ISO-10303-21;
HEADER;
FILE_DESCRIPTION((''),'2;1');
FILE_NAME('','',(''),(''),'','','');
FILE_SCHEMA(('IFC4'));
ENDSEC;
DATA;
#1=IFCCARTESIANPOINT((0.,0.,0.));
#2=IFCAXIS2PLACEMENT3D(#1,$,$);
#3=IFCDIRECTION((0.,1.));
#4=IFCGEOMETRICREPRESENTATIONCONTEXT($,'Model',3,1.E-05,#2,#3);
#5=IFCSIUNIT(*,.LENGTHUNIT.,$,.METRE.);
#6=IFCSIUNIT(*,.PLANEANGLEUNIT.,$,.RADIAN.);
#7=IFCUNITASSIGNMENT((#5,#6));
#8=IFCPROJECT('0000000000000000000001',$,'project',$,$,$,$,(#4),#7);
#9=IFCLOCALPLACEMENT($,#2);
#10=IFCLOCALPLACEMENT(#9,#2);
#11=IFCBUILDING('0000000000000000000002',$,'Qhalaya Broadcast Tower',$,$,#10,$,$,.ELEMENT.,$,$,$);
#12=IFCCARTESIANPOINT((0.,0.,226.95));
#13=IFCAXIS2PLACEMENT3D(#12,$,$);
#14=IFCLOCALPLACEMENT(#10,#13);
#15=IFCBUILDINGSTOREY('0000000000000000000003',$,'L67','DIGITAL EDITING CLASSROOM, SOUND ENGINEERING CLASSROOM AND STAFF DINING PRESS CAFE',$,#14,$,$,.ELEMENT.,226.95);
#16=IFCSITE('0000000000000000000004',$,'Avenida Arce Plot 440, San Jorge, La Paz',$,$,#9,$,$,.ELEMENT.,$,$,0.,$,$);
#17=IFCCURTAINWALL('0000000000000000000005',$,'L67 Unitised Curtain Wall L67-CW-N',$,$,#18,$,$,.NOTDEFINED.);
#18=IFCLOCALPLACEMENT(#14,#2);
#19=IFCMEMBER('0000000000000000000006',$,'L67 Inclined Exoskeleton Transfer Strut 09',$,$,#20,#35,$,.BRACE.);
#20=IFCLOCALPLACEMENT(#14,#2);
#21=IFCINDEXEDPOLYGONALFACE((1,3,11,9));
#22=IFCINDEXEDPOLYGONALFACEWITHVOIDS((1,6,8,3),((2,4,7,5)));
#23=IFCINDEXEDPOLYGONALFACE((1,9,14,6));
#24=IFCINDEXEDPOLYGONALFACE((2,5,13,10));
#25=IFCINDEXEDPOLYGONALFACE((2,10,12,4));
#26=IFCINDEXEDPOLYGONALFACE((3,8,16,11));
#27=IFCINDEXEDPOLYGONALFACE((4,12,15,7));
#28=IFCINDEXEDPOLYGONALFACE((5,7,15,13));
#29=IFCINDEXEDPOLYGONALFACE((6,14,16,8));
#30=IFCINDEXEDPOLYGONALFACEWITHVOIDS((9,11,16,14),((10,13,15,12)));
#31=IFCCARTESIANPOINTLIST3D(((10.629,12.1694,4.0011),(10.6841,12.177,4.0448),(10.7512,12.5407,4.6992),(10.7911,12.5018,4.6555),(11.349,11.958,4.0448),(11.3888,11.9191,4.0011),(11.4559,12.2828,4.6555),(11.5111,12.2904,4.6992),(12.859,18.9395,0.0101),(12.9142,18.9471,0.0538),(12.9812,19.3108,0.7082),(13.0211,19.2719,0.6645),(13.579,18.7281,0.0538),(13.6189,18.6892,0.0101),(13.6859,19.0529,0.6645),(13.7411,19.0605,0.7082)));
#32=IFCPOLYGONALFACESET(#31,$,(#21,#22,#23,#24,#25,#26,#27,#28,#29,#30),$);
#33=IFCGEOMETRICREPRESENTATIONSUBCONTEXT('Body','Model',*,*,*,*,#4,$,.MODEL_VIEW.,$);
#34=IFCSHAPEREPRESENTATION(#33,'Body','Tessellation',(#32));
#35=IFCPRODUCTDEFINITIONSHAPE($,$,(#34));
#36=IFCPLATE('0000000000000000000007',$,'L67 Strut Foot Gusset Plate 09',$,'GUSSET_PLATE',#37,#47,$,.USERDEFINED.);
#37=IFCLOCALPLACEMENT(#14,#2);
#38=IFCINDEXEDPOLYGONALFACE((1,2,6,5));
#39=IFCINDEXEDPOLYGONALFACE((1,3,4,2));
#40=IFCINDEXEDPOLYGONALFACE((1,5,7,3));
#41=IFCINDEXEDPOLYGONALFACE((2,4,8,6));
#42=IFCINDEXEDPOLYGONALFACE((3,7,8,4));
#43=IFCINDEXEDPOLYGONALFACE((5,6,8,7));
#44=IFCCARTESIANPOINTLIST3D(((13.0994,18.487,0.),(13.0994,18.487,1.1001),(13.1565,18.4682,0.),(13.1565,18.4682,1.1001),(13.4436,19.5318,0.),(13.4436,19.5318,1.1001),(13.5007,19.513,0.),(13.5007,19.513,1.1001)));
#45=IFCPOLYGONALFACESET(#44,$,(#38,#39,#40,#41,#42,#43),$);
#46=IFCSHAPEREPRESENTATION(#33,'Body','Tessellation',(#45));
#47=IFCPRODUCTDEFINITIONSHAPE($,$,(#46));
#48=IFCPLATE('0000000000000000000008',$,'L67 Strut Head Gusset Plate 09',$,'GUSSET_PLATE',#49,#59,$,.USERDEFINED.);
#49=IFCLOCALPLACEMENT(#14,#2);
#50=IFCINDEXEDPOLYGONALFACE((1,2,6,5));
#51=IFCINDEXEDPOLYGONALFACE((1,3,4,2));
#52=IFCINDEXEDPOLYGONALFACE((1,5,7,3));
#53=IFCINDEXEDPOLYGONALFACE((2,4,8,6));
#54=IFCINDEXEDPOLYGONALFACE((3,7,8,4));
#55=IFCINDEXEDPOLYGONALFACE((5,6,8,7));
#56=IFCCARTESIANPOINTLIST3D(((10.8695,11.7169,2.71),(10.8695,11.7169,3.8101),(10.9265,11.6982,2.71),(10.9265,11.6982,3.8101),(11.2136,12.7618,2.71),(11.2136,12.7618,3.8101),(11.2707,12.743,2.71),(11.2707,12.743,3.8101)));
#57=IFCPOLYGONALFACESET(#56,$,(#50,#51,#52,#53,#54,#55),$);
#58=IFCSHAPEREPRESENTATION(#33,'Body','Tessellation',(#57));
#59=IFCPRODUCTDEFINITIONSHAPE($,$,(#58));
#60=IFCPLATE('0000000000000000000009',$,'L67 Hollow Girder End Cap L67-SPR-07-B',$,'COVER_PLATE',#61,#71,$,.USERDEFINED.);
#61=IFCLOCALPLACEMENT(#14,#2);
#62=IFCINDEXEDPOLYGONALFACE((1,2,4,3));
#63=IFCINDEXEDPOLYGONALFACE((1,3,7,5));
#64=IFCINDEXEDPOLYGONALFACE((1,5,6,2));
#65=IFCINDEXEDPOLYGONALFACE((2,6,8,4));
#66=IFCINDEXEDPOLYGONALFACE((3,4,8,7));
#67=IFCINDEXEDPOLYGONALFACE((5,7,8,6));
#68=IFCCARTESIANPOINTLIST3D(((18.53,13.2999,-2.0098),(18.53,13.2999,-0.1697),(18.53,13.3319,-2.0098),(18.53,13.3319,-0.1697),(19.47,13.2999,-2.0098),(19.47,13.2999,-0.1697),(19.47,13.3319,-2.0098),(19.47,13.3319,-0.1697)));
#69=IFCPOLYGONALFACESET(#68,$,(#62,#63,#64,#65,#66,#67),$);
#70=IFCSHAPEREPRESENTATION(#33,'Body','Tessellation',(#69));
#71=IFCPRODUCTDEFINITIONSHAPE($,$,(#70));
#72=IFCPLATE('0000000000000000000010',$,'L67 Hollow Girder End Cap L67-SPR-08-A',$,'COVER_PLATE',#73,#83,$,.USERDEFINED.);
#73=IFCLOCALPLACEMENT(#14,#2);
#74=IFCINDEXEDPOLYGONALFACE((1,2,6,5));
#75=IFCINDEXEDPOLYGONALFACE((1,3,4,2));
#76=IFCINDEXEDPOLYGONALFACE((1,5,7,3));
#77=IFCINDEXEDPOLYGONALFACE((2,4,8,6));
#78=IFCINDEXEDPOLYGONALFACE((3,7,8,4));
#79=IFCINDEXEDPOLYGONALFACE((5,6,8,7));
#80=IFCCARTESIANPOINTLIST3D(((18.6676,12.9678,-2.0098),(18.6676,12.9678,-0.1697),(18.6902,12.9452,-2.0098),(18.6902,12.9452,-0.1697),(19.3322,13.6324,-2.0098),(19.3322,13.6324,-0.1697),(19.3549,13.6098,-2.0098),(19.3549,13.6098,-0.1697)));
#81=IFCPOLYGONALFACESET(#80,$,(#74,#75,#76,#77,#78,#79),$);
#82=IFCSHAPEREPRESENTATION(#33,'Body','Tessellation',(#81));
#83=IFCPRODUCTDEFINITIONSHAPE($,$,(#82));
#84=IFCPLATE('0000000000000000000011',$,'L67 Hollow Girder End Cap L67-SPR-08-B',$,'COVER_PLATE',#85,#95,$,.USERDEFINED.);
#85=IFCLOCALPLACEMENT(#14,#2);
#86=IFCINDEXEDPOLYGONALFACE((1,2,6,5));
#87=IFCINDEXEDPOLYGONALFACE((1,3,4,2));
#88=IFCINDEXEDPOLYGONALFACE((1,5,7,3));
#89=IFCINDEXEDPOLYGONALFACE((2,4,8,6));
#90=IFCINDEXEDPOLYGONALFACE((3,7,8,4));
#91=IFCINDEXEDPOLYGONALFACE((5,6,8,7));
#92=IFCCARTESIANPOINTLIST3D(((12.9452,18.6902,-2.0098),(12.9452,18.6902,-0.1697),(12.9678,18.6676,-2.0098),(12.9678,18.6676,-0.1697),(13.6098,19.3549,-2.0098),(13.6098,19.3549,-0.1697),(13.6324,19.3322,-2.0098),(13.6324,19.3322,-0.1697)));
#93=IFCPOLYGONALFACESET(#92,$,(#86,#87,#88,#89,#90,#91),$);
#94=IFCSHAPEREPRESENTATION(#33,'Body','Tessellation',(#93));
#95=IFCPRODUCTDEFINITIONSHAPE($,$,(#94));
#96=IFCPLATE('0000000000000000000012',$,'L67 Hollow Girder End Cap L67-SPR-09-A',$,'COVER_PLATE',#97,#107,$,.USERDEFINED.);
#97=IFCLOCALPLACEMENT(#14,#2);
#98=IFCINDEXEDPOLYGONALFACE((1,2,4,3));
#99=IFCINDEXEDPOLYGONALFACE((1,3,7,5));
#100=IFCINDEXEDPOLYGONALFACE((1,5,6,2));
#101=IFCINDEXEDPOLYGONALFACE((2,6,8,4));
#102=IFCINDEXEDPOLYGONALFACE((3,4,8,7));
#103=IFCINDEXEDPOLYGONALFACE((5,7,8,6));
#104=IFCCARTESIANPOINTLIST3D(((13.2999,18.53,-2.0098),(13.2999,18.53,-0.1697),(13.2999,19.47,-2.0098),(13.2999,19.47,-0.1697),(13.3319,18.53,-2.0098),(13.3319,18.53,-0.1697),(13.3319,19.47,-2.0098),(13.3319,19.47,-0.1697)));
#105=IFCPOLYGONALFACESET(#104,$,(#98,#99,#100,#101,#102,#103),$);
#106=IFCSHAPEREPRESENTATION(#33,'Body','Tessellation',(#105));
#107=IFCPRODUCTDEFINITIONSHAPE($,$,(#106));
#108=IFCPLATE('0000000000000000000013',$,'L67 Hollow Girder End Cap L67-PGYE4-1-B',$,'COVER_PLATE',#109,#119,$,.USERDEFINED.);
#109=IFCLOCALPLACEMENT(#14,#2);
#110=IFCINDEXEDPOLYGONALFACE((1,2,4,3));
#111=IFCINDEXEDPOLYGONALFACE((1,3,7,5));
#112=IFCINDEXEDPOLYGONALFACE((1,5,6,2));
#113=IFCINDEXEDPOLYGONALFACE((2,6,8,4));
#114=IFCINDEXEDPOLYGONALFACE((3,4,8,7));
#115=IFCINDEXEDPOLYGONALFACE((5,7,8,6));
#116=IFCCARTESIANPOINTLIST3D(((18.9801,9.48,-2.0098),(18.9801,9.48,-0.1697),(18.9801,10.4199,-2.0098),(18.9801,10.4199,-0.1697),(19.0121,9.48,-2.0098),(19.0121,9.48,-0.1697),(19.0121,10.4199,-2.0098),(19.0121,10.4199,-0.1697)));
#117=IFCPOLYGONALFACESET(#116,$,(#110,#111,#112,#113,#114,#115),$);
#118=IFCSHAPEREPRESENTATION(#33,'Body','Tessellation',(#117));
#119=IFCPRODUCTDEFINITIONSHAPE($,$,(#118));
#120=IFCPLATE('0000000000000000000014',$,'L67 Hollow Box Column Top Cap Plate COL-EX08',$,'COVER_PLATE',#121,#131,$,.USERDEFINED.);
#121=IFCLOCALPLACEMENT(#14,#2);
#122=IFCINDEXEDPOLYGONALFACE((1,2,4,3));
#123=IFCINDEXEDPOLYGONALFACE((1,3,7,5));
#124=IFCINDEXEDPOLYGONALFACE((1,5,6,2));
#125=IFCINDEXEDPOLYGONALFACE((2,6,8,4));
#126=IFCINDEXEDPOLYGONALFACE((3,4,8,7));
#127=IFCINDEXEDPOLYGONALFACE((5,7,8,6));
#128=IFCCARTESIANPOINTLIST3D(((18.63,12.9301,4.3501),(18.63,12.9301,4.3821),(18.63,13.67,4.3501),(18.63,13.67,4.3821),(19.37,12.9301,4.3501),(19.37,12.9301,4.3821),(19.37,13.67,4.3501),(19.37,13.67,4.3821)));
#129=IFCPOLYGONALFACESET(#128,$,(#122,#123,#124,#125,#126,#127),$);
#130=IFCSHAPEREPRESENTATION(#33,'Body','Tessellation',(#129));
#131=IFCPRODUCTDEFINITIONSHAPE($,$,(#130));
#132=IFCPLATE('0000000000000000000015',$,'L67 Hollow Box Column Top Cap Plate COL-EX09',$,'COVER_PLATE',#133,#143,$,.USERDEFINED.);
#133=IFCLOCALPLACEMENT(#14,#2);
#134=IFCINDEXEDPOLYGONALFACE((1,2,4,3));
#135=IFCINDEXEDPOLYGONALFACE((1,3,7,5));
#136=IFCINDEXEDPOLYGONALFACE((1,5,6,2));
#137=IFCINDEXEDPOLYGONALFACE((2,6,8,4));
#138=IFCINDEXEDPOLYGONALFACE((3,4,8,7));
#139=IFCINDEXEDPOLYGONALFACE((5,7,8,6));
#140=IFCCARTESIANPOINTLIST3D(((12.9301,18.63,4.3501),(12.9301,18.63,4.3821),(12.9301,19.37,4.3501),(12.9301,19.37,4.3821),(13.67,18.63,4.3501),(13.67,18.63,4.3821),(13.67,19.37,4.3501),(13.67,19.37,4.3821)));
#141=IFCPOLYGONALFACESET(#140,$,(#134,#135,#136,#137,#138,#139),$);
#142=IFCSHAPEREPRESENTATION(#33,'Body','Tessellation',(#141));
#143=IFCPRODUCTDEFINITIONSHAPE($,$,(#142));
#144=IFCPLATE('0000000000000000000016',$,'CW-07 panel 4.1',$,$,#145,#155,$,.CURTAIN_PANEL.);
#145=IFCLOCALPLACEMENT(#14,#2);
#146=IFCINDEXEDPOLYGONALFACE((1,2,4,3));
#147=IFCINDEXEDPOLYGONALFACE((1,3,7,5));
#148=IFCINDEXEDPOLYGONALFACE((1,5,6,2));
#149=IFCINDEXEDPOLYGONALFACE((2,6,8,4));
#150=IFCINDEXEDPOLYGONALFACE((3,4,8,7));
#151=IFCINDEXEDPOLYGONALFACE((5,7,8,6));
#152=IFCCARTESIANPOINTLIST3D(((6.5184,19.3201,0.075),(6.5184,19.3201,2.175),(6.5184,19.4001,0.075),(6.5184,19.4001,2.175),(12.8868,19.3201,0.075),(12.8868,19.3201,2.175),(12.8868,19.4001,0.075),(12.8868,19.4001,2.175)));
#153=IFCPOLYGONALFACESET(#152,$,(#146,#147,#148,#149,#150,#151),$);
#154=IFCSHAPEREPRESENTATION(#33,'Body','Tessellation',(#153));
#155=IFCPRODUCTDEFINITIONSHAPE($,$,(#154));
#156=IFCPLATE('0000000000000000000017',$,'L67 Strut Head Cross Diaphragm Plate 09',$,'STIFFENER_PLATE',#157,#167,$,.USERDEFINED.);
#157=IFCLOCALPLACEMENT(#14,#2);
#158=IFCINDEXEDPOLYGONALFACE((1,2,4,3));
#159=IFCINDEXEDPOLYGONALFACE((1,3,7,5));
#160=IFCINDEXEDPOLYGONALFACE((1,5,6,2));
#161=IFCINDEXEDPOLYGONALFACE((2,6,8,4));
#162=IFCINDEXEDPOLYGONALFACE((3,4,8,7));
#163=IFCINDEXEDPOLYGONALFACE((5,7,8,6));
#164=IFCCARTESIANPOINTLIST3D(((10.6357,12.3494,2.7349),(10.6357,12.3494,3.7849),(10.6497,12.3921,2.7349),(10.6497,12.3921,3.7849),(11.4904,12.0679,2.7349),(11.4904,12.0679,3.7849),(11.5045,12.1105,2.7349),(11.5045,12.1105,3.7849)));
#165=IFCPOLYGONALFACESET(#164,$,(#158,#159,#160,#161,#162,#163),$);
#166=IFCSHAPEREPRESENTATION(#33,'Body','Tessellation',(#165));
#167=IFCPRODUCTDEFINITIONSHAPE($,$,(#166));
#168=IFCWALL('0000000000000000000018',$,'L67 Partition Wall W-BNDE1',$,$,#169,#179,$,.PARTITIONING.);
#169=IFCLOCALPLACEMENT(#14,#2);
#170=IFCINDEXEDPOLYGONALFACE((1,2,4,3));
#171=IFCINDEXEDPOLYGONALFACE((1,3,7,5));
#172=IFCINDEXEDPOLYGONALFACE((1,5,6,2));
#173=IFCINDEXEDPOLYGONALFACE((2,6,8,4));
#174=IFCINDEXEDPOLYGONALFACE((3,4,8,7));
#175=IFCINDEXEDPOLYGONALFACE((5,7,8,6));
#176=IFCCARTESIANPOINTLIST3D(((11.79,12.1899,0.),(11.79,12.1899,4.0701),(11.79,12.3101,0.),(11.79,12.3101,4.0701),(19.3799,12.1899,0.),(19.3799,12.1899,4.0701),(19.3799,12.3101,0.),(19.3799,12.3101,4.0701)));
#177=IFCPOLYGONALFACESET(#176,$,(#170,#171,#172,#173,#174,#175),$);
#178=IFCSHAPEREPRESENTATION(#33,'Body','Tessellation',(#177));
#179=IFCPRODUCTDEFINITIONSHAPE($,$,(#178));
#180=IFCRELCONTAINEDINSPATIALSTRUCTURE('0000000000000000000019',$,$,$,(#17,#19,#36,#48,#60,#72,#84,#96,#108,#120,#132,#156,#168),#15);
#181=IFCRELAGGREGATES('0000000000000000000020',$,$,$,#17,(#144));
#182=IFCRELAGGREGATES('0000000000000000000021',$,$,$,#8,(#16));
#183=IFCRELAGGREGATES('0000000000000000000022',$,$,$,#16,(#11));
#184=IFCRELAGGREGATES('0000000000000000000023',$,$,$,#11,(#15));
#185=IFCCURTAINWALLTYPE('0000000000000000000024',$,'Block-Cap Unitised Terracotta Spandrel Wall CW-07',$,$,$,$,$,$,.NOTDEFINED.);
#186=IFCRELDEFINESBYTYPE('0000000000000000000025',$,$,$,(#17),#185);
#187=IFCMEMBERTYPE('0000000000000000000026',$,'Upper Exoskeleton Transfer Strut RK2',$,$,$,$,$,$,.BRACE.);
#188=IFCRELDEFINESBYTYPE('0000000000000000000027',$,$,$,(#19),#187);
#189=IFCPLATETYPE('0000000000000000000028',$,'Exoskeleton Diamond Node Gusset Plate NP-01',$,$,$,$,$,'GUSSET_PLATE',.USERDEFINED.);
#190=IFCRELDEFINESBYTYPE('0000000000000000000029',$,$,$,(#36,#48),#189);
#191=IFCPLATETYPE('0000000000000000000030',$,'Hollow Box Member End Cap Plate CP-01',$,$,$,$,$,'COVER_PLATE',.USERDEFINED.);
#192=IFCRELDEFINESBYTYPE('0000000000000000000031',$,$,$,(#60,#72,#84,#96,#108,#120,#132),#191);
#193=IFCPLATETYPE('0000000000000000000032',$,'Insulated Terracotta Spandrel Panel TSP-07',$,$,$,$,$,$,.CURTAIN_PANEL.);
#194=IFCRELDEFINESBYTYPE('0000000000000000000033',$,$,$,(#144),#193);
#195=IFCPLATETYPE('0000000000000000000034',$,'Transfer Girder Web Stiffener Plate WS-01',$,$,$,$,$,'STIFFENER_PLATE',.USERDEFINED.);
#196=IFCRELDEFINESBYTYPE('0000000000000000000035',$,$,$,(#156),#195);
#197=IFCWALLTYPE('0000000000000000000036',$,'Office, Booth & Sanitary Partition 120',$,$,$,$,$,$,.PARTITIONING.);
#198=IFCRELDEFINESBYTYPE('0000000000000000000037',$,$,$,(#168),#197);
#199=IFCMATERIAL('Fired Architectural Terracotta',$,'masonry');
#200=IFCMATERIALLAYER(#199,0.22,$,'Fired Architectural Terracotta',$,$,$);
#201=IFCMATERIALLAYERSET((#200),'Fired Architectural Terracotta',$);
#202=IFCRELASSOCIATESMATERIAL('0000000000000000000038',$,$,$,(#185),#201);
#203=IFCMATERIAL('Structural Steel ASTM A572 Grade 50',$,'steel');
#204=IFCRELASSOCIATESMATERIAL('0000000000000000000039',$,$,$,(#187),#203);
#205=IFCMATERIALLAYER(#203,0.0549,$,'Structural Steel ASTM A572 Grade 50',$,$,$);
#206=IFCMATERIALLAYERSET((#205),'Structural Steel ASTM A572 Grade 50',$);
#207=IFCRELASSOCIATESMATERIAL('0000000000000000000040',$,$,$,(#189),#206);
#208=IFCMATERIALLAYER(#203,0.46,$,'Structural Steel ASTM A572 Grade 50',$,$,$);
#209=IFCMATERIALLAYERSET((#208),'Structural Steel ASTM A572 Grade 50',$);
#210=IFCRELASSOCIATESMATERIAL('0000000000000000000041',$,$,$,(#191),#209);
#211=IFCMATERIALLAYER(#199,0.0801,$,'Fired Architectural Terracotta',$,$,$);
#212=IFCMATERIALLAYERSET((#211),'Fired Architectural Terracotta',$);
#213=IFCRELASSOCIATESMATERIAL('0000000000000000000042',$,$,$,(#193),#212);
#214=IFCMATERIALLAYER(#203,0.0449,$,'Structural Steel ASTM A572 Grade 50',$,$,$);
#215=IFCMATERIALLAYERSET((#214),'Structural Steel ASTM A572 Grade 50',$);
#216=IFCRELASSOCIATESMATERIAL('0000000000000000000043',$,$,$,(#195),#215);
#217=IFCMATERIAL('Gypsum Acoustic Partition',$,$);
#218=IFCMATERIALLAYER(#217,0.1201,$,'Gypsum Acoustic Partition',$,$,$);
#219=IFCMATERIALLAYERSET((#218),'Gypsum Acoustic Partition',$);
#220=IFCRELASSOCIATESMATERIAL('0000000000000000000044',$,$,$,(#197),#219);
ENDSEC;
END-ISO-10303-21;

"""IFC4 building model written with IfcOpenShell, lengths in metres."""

from ifc_helpers import new_model, si_unit, direction, frame, frame_2d, origin, origin_2d, place, context, subcontext, project, spatial, rectangle, hollow_rectangle, extrude, material, layer, layer_set, material_profile, profile_set, type_object, element, aggregate, save


model = new_model("IFC4")

# Units and contexts
model_context = context("Model", 3, precision=1e-05, world=origin(), true_north=direction((0.0, 1.0)))
body_context = subcontext(model_context, "Body", "Model", "MODEL_VIEW")
ifc_project = project(units=[si_unit("LENGTHUNIT", "METRE"), si_unit("PLANEANGLEUNIT", "RADIAN")], contexts=[model_context])

# Site, building, storey
site_placement = place(None, origin())
site = spatial("IfcSite", under=ifc_project, at=site_placement, Name="Avenida Arce Plot 440, San Jorge, La Paz", CompositionType="ELEMENT", RefElevation=0.0)
building_placement = place(site_placement, origin())
building = spatial("IfcBuilding", under=site, at=building_placement, Name="Qhalaya Broadcast Tower", CompositionType="ELEMENT")
storey_placement = place(building_placement, frame((0.0, 0.0, 226.95)))
storey = spatial("IfcBuildingStorey", under=building, at=storey_placement, Name="L67", Description="DIGITAL EDITING CLASSROOM, SOUND ENGINEERING CLASSROOM AND STAFF DINING PRESS CAFE", CompositionType="ELEMENT", Elevation=226.95)

# Shared definitions
ifc_material_1 = material(Name="Structural Steel ASTM A572 Grade 50", Category="steel")

# Curtain wall
ifc_material_2 = material(Name="Fired Architectural Terracotta", Category="masonry")
ifc_layer_1 = layer(ifc_material_2, 0.22, Name="Fired Architectural Terracotta")
ifc_layer_set_1 = layer_set([ifc_layer_1], Name="Fired Architectural Terracotta")
curtain_wall_type = type_object("IfcCurtainWallType", Name="Block-Cap Unitised Terracotta Spandrel Wall CW-07", PredefinedType="NOTDEFINED", material=ifc_layer_set_1)
curtain_wall_1_placement = place(storey_placement, origin())
curtain_wall_1 = element("IfcCurtainWall", 1, at=curtain_wall_1_placement, inside=storey, type_object=curtain_wall_type, Name="L67 Unitised Curtain Wall L67-CW-N", PredefinedType="NOTDEFINED")

# Member
ifc_material_profile_1 = material_profile(ifc_material_1, hollow_rectangle(XDim=0.8, YDim=0.8, WallThickness=0.05, at=origin_2d()), Name="BOX 800x800x50")
ifc_profile_set_1 = profile_set([ifc_material_profile_1], Name="Structural Steel ASTM A572 Grade 50")
member_type_1 = type_object("IfcMemberType", Name="Upper Exoskeleton Transfer Strut RK2", PredefinedType="BRACE", material=ifc_profile_set_1)
member_1_placement = place(storey_placement, frame((13.3, 19.0, 0.3591), z_axis=(-0.272978, -0.828738, 0.488546), x_axis=(0.949801, -0.312855, 0.0)))
element("IfcMember", 2, at=member_1_placement, inside=storey, type_object=member_type_1, Name="L67 Inclined Exoskeleton Transfer Strut 09", PredefinedType="BRACE", context=body_context, shape_type="SweptSolid", body=[
    extrude(hollow_rectangle(XDim=0.8, YDim=0.8, WallThickness=0.05, at=origin_2d()), origin(), (0.0, 0.0, 1.0), 8.1692),
])

# Plates
ifc_layer_2 = layer(ifc_material_1, 0.0549, Name="Structural Steel ASTM A572 Grade 50")
ifc_layer_set_2 = layer_set([ifc_layer_2], Name="Structural Steel ASTM A572 Grade 50")
plate_type_1 = type_object("IfcPlateType", Name="Exoskeleton Diamond Node Gusset Plate NP-01", ElementType="GUSSET_PLATE", PredefinedType="USERDEFINED", material=ifc_layer_set_2)
for number, where, z_axis, x_axis, name in (
    (3, (13.3, 19.0, 0.0), (0.0, 0.0, 1.0), (-0.312865, -0.949797, 0.0), "L67 Strut Foot Gusset Plate 09"),
    (4, (11.0701, 12.23, 2.71), (0.0, 0.0, 1.0), (-0.312865, -0.949797, 0.0), "L67 Strut Head Gusset Plate 09"),
):
    element("IfcPlate", number, at=place(storey_placement, frame(where, z_axis=z_axis, x_axis=x_axis)), inside=storey, type_object=plate_type_1, Name=name, ObjectType="GUSSET_PLATE", PredefinedType="USERDEFINED", context=body_context, shape_type="SweptSolid", body=[
        extrude(rectangle(XDim=1.1001, YDim=0.0601, at=origin_2d()), origin(), (0.0, 0.0, 1.0), 1.1001),
    ])
ifc_layer_3 = layer(ifc_material_1, 0.46, Name="Structural Steel ASTM A572 Grade 50")
ifc_layer_set_3 = layer_set([ifc_layer_3], Name="Structural Steel ASTM A572 Grade 50")
plate_type_2 = type_object("IfcPlateType", Name="Hollow Box Member End Cap Plate CP-01", ElementType="COVER_PLATE", PredefinedType="USERDEFINED", material=ifc_layer_set_3)
for number, where, z_axis, x_axis, name in (
    (5, (19.0, 13.3159, -2.0098), (0.0, 0.0, 1.0), (-1.0, 0.0, 0.0), "L67 Hollow Girder End Cap L67-SPR-07-B"),
    (6, (19.0112, 13.2888, -2.0098), (0.0, 0.0, 1.0), (-0.707107, -0.707107, 0.0), "L67 Hollow Girder End Cap L67-SPR-08-A"),
    (7, (13.2888, 19.0112, -2.0098), (0.0, 0.0, 1.0), (-0.707107, -0.707107, 0.0), "L67 Hollow Girder End Cap L67-SPR-08-B"),
    (8, (13.3159, 19.0, -2.0098), (0.0, 0.0, 1.0), (0.0, -1.0, 0.0), "L67 Hollow Girder End Cap L67-SPR-09-A"),
    (9, (18.9961, 9.95, -2.0098), (0.0, 0.0, 1.0), (0.0, 1.0, 0.0), "L67 Hollow Girder End Cap L67-PGYE4-1-B"),
):
    element("IfcPlate", number, at=place(storey_placement, frame(where, z_axis=z_axis, x_axis=x_axis)), inside=storey, type_object=plate_type_2, Name=name, ObjectType="COVER_PLATE", PredefinedType="USERDEFINED", context=body_context, shape_type="SweptSolid", body=[
        extrude(rectangle(XDim=0.9399, YDim=0.032, at=origin_2d()), origin(), (0.0, 0.0, 1.0), 1.8401),
    ])
for number, where, z_axis, x_axis, name in (
    (10, (19.0, 13.3, 4.3501), (0.0, 0.0, 1.0), (0.0, 1.0, 0.0), "L67 Hollow Box Column Top Cap Plate COL-EX08"),
    (11, (13.3, 19.0, 4.3501), (0.0, 0.0, 1.0), (1.0, 0.0, 0.0), "L67 Hollow Box Column Top Cap Plate COL-EX09"),
):
    element("IfcPlate", number, at=place(storey_placement, frame(where, z_axis=z_axis, x_axis=x_axis)), inside=storey, type_object=plate_type_2, Name=name, ObjectType="COVER_PLATE", PredefinedType="USERDEFINED", context=body_context, shape_type="SweptSolid", body=[
        extrude(rectangle(XDim=0.74, YDim=0.74, at=origin_2d()), origin(), (0.0, 0.0, 1.0), 0.032),
    ])

# Plates
ifc_layer_4 = layer(ifc_material_2, 0.0801, Name="Fired Architectural Terracotta")
ifc_layer_set_4 = layer_set([ifc_layer_4], Name="Fired Architectural Terracotta")
plate_type_3 = type_object("IfcPlateType", Name="Insulated Terracotta Spandrel Panel TSP-07", PredefinedType="CURTAIN_PANEL", material=ifc_layer_set_4)
plate_1_placement = place(storey_placement, frame((9.7026, 19.3601, 0.075), z_axis=(0.0, 0.0, 1.0), x_axis=(1.0, 0.0, 0.0)))
plate_1 = element("IfcPlate", 12, at=plate_1_placement, type_object=plate_type_3, Name="CW-07 panel 4.1", PredefinedType="CURTAIN_PANEL", context=body_context, shape_type="SweptSolid", body=[
    extrude(rectangle(XDim=6.3684, YDim=0.0801, at=origin_2d()), origin(), (0.0, 0.0, 1.0), 2.1001),
])
aggregate(curtain_wall_1, [plate_1])
ifc_layer_5 = layer(ifc_material_1, 0.0449, Name="Structural Steel ASTM A572 Grade 50")
ifc_layer_set_5 = layer_set([ifc_layer_5], Name="Structural Steel ASTM A572 Grade 50")
plate_type_4 = type_object("IfcPlateType", Name="Transfer Girder Web Stiffener Plate WS-01", ElementType="STIFFENER_PLATE", PredefinedType="USERDEFINED", material=ifc_layer_set_5)
plate_2_placement = place(storey_placement, frame((11.0701, 12.23, 2.7349), z_axis=(0.0, 0.0, 1.0), x_axis=(0.949797, -0.312865, 0.0)))
element("IfcPlate", 13, at=plate_2_placement, inside=storey, type_object=plate_type_4, Name="L67 Strut Head Cross Diaphragm Plate 09", ObjectType="STIFFENER_PLATE", PredefinedType="USERDEFINED", context=body_context, shape_type="SweptSolid", body=[
    extrude(rectangle(XDim=0.8999, YDim=0.0449, at=origin_2d()), origin(), (0.0, 0.0, 1.0), 1.05),
])

# Wall
ifc_material_3 = material(Name="Gypsum Acoustic Partition")
ifc_layer_6 = layer(ifc_material_3, 0.1201, Name="Gypsum Acoustic Partition")
ifc_layer_set_6 = layer_set([ifc_layer_6], Name="Gypsum Acoustic Partition")
wall_type = type_object("IfcWallType", Name="Office, Booth & Sanitary Partition 120", PredefinedType="PARTITIONING", material=ifc_layer_set_6)
wall_placement = place(storey_placement, frame((11.79, 12.25, 0.0), z_axis=(0.0, 0.0, 1.0), x_axis=(1.0, 0.0, 0.0)))
element("IfcWall", 14, at=wall_placement, inside=storey, type_object=wall_type, Name="L67 Partition Wall W-BNDE1", PredefinedType="PARTITIONING", context=body_context, shape_type="SweptSolid", body=[
    extrude(rectangle(XDim=7.5898, YDim=0.1201, at=frame_2d((3.7949, 0.0))), origin(), (0.0, 0.0, 1.0), 4.0701),
])

save(model, "model.ifc")
